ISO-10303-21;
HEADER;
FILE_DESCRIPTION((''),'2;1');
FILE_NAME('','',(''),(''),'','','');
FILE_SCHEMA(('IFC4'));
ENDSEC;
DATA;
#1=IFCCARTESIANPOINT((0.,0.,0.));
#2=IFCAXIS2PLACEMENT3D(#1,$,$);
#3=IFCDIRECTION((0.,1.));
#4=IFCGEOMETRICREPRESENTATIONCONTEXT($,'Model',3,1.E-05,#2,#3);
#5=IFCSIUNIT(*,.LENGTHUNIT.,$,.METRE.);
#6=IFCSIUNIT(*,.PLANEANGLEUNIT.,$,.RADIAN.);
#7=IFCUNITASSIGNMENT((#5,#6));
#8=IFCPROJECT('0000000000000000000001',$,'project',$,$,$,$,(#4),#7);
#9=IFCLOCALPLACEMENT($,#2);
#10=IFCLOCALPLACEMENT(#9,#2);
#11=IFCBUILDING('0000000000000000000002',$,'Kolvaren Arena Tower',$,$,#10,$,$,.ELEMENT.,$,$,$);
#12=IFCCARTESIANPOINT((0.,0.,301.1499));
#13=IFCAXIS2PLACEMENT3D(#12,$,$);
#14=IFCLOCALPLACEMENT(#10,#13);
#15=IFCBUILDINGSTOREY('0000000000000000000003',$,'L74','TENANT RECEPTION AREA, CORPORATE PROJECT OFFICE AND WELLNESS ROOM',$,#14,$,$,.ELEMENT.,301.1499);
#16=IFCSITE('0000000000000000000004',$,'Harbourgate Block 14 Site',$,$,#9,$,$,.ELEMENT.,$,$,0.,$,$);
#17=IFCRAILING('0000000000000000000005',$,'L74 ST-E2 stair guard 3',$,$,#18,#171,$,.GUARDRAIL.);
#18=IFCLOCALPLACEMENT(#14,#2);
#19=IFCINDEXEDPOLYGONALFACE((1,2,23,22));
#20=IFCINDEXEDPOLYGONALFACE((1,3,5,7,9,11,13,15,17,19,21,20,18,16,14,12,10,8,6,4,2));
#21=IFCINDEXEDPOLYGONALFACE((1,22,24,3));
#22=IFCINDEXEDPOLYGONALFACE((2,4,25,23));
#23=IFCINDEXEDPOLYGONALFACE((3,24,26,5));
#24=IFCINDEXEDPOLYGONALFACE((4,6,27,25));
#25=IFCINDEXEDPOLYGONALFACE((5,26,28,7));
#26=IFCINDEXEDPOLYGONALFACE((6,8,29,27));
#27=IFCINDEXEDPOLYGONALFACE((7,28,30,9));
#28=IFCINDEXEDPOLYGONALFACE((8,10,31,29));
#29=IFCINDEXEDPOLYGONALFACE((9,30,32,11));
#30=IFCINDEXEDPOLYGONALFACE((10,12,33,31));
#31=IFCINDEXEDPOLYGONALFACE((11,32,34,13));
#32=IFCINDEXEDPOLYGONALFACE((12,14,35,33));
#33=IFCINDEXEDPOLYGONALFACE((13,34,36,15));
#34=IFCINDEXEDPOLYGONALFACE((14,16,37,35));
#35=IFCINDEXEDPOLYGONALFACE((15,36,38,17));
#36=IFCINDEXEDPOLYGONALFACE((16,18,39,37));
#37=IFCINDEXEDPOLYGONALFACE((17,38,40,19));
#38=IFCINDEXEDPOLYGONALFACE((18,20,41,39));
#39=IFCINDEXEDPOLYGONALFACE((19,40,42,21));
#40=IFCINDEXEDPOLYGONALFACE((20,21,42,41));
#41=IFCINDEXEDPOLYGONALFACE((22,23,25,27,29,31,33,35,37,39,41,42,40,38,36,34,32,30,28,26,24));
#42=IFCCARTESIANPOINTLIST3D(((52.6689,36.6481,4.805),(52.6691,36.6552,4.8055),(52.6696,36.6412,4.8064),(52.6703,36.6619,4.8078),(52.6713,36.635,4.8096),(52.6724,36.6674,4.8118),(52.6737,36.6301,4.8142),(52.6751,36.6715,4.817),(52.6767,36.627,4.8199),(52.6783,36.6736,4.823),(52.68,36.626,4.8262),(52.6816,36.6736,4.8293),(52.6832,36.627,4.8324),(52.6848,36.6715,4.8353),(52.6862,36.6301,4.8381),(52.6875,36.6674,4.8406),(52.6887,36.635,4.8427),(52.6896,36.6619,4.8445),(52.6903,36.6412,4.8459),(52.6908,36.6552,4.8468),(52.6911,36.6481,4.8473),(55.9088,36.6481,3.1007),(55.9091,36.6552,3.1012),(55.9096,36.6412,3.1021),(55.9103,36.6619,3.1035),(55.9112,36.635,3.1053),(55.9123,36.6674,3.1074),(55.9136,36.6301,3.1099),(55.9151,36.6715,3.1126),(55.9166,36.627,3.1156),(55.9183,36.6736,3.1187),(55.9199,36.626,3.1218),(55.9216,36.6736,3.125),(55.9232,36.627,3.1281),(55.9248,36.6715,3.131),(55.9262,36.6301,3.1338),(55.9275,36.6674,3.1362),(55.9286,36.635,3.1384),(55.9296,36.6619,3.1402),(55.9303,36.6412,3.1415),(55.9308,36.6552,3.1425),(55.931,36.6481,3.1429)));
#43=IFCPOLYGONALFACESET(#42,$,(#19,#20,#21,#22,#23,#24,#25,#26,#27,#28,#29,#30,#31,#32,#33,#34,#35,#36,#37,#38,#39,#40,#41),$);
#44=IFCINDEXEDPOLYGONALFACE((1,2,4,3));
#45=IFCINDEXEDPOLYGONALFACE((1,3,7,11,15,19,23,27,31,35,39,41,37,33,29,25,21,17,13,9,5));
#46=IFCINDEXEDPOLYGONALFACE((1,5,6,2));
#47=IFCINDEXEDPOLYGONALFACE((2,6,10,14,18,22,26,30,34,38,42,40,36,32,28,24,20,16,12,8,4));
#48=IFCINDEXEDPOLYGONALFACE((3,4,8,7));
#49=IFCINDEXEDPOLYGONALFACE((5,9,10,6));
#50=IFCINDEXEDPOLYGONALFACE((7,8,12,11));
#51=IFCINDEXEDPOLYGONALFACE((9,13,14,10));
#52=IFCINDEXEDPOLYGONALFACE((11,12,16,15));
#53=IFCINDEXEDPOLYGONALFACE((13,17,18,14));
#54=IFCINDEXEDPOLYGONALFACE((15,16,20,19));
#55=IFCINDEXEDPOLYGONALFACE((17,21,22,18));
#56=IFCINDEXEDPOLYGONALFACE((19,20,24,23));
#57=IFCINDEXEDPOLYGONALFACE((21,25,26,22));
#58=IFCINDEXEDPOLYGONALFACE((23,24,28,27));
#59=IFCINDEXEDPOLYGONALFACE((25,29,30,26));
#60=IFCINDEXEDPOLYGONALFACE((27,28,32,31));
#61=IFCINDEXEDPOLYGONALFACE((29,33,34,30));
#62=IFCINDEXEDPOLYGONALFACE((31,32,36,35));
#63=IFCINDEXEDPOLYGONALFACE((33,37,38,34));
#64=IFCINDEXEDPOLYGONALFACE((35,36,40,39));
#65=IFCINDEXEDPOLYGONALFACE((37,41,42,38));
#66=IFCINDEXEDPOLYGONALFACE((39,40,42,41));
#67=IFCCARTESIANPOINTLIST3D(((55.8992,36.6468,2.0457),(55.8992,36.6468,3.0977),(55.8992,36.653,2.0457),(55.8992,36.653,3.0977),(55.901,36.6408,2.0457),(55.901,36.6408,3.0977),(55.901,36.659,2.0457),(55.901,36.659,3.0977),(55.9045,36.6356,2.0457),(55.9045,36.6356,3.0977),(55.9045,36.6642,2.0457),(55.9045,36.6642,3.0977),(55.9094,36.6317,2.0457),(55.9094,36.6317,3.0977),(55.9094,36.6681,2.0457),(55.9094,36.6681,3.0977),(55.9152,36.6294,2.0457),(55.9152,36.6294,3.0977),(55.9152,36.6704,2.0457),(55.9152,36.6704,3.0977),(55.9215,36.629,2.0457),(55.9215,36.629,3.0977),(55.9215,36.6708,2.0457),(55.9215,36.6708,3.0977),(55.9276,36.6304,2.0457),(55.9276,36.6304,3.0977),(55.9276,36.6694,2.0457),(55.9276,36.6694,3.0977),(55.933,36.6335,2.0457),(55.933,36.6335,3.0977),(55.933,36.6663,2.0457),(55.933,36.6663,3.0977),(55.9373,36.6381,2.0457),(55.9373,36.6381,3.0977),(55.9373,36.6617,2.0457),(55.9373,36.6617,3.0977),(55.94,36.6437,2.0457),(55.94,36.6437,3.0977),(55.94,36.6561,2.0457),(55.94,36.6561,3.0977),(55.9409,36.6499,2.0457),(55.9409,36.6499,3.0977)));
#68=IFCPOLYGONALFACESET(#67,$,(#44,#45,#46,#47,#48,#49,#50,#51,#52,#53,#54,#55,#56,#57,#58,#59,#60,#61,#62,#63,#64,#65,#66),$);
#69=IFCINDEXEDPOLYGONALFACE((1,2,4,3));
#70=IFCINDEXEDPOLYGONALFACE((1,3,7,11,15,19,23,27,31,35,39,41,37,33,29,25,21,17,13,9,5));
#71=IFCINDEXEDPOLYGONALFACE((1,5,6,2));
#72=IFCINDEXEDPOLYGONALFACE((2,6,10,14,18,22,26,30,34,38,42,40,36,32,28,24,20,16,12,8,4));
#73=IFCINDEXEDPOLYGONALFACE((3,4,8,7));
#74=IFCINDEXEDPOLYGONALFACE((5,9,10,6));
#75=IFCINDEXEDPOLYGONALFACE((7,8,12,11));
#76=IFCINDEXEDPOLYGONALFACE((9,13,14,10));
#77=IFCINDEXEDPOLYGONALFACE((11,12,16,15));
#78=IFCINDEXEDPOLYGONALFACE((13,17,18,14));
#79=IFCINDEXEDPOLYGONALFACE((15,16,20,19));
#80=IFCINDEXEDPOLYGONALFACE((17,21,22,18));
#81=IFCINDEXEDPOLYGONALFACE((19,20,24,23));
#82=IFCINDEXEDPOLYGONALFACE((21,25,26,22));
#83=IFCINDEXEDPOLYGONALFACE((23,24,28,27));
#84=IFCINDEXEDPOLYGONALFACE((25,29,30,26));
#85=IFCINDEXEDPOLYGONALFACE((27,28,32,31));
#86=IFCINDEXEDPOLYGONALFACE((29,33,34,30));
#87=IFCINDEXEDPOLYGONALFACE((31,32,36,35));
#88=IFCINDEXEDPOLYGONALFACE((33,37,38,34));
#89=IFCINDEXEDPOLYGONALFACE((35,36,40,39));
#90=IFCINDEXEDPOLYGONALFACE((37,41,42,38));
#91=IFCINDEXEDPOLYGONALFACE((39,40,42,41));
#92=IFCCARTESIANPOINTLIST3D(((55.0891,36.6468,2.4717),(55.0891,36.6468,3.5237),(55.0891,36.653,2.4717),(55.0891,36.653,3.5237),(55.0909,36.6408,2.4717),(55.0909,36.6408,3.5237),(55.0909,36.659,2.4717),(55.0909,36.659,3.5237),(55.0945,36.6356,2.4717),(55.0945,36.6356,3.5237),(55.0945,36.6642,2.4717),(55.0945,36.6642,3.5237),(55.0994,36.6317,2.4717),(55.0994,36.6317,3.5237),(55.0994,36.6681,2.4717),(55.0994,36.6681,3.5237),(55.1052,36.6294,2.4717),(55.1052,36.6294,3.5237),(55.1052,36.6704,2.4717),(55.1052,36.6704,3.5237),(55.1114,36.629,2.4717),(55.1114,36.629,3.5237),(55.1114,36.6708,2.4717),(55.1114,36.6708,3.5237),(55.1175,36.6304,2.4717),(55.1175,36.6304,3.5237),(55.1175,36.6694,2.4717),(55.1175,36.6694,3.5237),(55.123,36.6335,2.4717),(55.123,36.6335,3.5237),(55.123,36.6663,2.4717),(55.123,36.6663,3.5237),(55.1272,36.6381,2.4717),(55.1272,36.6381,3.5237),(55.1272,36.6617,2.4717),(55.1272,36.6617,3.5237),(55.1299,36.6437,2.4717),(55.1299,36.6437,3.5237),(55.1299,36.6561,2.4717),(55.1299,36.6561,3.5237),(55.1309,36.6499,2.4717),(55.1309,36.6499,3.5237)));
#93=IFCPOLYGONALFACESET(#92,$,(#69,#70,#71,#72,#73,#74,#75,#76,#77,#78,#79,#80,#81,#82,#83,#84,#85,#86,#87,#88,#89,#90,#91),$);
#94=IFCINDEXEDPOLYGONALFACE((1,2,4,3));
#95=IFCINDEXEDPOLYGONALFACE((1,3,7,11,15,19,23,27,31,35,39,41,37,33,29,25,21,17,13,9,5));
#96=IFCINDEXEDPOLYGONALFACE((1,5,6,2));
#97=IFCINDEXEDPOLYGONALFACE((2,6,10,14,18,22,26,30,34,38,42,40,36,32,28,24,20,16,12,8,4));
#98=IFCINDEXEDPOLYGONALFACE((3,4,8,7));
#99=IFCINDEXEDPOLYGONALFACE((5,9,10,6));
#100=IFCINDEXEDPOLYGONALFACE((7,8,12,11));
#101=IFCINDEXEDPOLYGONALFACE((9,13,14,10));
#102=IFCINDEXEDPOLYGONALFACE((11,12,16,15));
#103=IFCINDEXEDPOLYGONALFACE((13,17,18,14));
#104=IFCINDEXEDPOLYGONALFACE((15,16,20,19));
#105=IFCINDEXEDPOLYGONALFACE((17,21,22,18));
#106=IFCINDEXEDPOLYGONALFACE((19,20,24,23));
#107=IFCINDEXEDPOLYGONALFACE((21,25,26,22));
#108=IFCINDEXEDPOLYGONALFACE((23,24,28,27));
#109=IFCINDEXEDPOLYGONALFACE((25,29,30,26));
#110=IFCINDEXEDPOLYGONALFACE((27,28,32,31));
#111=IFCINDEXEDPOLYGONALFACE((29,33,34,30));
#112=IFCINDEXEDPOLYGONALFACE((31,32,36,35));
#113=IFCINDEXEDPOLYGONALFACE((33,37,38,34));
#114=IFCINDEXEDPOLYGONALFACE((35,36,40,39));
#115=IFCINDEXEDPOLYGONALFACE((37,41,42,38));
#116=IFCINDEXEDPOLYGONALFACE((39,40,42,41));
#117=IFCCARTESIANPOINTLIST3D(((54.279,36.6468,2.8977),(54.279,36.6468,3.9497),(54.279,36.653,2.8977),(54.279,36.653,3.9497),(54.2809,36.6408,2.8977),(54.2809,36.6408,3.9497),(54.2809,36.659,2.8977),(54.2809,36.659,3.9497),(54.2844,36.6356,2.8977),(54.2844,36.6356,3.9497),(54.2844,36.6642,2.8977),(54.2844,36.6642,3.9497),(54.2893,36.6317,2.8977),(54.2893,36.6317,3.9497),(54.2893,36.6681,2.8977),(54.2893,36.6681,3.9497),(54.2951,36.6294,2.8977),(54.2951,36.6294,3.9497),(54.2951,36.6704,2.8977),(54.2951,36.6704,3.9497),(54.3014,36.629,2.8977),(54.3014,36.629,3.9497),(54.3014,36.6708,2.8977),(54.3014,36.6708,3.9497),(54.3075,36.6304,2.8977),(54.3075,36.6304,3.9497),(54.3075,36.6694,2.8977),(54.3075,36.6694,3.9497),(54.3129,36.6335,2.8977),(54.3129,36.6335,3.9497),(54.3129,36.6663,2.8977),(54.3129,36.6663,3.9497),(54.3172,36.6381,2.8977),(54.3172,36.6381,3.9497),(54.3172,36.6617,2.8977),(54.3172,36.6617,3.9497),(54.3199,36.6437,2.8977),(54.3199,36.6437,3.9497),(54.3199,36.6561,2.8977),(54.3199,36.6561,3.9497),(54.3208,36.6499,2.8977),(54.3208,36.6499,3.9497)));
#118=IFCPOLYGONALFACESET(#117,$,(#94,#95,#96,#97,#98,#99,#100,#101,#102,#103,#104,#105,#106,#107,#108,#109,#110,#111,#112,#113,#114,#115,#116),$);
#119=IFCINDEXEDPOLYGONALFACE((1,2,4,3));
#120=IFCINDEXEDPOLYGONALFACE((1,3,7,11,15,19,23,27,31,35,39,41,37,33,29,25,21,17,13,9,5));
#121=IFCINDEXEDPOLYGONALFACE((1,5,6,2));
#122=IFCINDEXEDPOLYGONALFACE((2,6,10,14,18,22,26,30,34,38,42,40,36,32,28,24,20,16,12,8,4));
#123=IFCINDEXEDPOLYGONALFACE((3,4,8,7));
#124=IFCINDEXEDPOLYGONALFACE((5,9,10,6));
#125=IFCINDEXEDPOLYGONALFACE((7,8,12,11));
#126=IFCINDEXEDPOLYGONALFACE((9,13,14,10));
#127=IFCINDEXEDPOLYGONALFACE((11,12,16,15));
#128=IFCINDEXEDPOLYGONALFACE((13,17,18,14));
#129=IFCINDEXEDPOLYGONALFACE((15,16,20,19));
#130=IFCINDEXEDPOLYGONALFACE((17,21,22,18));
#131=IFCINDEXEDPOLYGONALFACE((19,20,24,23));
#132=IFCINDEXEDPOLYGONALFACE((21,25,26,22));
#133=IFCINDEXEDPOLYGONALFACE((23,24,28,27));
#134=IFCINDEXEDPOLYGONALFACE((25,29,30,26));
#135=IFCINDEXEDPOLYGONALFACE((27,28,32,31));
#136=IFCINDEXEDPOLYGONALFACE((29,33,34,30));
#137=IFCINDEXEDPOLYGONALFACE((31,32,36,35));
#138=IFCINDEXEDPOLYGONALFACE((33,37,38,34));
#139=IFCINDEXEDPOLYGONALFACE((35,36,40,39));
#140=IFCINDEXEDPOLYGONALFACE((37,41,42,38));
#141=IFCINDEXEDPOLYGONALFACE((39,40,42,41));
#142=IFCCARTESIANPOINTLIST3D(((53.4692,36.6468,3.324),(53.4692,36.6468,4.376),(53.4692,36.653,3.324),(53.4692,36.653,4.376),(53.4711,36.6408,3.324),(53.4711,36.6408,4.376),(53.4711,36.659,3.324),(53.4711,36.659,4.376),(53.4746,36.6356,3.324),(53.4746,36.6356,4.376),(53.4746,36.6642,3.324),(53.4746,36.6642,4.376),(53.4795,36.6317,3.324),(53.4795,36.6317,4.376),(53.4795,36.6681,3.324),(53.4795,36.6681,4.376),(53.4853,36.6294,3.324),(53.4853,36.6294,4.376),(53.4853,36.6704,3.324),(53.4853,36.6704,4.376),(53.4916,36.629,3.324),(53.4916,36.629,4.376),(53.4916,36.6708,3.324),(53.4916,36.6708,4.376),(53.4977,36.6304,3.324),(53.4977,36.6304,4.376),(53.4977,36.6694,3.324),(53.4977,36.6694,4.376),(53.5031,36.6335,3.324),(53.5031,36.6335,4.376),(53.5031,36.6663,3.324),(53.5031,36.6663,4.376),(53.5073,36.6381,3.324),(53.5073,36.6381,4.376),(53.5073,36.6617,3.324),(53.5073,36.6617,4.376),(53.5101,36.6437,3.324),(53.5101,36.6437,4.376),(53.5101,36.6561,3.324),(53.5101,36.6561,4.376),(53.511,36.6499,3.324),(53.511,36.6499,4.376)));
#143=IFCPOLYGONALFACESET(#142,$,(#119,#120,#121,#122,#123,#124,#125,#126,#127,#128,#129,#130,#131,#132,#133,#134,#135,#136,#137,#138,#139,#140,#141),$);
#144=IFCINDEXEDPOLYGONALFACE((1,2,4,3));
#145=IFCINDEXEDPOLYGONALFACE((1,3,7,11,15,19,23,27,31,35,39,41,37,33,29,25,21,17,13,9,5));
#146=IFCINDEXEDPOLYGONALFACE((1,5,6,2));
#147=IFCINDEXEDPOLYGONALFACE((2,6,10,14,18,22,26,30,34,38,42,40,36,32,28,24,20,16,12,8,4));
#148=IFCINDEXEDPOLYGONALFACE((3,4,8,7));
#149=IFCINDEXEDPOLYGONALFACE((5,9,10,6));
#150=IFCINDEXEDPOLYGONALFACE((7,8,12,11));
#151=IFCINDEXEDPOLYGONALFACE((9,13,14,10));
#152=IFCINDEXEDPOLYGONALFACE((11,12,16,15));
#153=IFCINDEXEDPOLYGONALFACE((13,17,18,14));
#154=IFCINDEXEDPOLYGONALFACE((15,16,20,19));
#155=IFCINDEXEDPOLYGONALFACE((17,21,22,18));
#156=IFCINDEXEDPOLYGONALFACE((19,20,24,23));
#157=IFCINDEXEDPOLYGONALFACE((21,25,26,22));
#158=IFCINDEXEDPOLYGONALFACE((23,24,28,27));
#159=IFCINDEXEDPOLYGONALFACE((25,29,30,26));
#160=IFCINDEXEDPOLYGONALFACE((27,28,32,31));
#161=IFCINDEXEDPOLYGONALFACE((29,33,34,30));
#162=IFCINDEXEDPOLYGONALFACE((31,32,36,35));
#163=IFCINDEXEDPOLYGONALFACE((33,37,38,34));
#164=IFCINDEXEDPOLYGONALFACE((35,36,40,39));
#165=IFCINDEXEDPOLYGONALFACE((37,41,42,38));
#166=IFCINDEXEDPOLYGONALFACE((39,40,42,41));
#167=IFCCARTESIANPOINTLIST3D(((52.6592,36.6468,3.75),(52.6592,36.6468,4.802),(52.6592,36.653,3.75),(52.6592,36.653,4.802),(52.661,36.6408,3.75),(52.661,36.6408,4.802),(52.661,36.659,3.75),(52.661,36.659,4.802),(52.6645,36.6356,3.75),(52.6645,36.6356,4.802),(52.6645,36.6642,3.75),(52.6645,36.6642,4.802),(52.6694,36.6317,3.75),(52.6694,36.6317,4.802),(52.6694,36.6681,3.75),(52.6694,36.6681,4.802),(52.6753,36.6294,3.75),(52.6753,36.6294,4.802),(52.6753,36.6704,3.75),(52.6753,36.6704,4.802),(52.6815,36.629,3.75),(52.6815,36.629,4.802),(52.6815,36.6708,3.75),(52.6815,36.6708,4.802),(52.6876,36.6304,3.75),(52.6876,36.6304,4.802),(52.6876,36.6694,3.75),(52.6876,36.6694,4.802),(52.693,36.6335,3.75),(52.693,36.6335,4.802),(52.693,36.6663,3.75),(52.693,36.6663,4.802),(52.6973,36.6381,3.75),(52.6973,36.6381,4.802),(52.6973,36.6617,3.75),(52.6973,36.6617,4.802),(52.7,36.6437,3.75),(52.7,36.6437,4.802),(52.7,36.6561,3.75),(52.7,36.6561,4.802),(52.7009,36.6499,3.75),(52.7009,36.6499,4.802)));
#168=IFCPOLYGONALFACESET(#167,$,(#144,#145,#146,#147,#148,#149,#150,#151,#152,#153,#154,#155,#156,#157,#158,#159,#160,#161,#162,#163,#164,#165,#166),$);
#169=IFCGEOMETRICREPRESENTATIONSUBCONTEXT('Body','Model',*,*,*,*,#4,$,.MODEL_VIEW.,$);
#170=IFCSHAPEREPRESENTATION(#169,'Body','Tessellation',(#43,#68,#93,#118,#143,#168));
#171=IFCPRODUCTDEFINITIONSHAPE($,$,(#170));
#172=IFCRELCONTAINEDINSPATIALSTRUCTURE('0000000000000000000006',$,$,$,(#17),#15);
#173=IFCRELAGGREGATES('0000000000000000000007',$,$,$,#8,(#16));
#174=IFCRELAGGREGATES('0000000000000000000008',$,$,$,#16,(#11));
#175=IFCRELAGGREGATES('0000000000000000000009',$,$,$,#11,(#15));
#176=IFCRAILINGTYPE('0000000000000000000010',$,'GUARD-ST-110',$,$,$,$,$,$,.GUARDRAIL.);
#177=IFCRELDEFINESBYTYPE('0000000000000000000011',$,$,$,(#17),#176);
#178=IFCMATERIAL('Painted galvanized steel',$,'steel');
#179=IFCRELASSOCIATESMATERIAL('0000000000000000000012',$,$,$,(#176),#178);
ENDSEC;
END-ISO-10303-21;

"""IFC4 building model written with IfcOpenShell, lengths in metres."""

from ifc_helpers import new_model, si_unit, direction, frame, origin, origin_2d, place, context, subcontext, project, spatial, circle, extrude, material, type_object, element, save


model = new_model("IFC4")

# Units and contexts
model_context = context("Model", 3, precision=1e-05, world=origin(), true_north=direction((0.0, 1.0)))
body_context = subcontext(model_context, "Body", "Model", "MODEL_VIEW")
ifc_project = project(units=[si_unit("LENGTHUNIT", "METRE"), si_unit("PLANEANGLEUNIT", "RADIAN")], contexts=[model_context])

# Site, building, storey
site_placement = place(None, origin())
site = spatial("IfcSite", under=ifc_project, at=site_placement, Name="Harbourgate Block 14 Site", CompositionType="ELEMENT", RefElevation=0.0)
building_placement = place(site_placement, origin())
building = spatial("IfcBuilding", under=site, at=building_placement, Name="Kolvaren Arena Tower", CompositionType="ELEMENT")
storey_placement = place(building_placement, frame((0.0, 0.0, 301.1499)))
storey = spatial("IfcBuildingStorey", under=building, at=storey_placement, Name="L74", Description="TENANT RECEPTION AREA, CORPORATE PROJECT OFFICE AND WELLNESS ROOM", CompositionType="ELEMENT", Elevation=301.1499)

# Railing
ifc_material_1 = material(Name="Painted galvanized steel", Category="steel")
railing_type_1 = type_object("IfcRailingType", Name="GUARD-ST-110", PredefinedType="GUARDRAIL", material=ifc_material_1)
railing_1_placement = place(storey_placement, frame((55.9199, 36.6499, 2.0457)))
element("IfcRailing", 1, at=railing_1_placement, inside=storey, type_object=railing_type_1, Name="L74 ST-E2 stair guard 3", PredefinedType="GUARDRAIL", context=body_context, shape_type="SweptSolid", body=[
    extrude(circle(Radius=0.0239, at=origin_2d()), frame((0.0, 0.0, 1.0762), z_axis=(-0.885021, 0.0, 0.465551), x_axis=(0.0, -1.0, 0.0)), (0.0, 0.0, 1.0), 3.6609),
    extrude(circle(Radius=0.021, at=origin_2d()), origin(), (0.0, 0.0, 1.0), 1.052),
    extrude(circle(Radius=0.021, at=origin_2d()), frame((-0.8101, 0.0, 0.426)), (0.0, 0.0, 1.0), 1.052),
    extrude(circle(Radius=0.021, at=origin_2d()), frame((-1.6201, 0.0, 0.8521)), (0.0, 0.0, 1.0), 1.052),
    extrude(circle(Radius=0.021, at=origin_2d()), frame((-2.4299, 0.0, 1.2783)), (0.0, 0.0, 1.0), 1.052),
    extrude(circle(Radius=0.021, at=origin_2d()), frame((-3.24, 0.0, 1.7043)), (0.0, 0.0, 1.0), 1.052),
])

save(model, "model.ifc")
